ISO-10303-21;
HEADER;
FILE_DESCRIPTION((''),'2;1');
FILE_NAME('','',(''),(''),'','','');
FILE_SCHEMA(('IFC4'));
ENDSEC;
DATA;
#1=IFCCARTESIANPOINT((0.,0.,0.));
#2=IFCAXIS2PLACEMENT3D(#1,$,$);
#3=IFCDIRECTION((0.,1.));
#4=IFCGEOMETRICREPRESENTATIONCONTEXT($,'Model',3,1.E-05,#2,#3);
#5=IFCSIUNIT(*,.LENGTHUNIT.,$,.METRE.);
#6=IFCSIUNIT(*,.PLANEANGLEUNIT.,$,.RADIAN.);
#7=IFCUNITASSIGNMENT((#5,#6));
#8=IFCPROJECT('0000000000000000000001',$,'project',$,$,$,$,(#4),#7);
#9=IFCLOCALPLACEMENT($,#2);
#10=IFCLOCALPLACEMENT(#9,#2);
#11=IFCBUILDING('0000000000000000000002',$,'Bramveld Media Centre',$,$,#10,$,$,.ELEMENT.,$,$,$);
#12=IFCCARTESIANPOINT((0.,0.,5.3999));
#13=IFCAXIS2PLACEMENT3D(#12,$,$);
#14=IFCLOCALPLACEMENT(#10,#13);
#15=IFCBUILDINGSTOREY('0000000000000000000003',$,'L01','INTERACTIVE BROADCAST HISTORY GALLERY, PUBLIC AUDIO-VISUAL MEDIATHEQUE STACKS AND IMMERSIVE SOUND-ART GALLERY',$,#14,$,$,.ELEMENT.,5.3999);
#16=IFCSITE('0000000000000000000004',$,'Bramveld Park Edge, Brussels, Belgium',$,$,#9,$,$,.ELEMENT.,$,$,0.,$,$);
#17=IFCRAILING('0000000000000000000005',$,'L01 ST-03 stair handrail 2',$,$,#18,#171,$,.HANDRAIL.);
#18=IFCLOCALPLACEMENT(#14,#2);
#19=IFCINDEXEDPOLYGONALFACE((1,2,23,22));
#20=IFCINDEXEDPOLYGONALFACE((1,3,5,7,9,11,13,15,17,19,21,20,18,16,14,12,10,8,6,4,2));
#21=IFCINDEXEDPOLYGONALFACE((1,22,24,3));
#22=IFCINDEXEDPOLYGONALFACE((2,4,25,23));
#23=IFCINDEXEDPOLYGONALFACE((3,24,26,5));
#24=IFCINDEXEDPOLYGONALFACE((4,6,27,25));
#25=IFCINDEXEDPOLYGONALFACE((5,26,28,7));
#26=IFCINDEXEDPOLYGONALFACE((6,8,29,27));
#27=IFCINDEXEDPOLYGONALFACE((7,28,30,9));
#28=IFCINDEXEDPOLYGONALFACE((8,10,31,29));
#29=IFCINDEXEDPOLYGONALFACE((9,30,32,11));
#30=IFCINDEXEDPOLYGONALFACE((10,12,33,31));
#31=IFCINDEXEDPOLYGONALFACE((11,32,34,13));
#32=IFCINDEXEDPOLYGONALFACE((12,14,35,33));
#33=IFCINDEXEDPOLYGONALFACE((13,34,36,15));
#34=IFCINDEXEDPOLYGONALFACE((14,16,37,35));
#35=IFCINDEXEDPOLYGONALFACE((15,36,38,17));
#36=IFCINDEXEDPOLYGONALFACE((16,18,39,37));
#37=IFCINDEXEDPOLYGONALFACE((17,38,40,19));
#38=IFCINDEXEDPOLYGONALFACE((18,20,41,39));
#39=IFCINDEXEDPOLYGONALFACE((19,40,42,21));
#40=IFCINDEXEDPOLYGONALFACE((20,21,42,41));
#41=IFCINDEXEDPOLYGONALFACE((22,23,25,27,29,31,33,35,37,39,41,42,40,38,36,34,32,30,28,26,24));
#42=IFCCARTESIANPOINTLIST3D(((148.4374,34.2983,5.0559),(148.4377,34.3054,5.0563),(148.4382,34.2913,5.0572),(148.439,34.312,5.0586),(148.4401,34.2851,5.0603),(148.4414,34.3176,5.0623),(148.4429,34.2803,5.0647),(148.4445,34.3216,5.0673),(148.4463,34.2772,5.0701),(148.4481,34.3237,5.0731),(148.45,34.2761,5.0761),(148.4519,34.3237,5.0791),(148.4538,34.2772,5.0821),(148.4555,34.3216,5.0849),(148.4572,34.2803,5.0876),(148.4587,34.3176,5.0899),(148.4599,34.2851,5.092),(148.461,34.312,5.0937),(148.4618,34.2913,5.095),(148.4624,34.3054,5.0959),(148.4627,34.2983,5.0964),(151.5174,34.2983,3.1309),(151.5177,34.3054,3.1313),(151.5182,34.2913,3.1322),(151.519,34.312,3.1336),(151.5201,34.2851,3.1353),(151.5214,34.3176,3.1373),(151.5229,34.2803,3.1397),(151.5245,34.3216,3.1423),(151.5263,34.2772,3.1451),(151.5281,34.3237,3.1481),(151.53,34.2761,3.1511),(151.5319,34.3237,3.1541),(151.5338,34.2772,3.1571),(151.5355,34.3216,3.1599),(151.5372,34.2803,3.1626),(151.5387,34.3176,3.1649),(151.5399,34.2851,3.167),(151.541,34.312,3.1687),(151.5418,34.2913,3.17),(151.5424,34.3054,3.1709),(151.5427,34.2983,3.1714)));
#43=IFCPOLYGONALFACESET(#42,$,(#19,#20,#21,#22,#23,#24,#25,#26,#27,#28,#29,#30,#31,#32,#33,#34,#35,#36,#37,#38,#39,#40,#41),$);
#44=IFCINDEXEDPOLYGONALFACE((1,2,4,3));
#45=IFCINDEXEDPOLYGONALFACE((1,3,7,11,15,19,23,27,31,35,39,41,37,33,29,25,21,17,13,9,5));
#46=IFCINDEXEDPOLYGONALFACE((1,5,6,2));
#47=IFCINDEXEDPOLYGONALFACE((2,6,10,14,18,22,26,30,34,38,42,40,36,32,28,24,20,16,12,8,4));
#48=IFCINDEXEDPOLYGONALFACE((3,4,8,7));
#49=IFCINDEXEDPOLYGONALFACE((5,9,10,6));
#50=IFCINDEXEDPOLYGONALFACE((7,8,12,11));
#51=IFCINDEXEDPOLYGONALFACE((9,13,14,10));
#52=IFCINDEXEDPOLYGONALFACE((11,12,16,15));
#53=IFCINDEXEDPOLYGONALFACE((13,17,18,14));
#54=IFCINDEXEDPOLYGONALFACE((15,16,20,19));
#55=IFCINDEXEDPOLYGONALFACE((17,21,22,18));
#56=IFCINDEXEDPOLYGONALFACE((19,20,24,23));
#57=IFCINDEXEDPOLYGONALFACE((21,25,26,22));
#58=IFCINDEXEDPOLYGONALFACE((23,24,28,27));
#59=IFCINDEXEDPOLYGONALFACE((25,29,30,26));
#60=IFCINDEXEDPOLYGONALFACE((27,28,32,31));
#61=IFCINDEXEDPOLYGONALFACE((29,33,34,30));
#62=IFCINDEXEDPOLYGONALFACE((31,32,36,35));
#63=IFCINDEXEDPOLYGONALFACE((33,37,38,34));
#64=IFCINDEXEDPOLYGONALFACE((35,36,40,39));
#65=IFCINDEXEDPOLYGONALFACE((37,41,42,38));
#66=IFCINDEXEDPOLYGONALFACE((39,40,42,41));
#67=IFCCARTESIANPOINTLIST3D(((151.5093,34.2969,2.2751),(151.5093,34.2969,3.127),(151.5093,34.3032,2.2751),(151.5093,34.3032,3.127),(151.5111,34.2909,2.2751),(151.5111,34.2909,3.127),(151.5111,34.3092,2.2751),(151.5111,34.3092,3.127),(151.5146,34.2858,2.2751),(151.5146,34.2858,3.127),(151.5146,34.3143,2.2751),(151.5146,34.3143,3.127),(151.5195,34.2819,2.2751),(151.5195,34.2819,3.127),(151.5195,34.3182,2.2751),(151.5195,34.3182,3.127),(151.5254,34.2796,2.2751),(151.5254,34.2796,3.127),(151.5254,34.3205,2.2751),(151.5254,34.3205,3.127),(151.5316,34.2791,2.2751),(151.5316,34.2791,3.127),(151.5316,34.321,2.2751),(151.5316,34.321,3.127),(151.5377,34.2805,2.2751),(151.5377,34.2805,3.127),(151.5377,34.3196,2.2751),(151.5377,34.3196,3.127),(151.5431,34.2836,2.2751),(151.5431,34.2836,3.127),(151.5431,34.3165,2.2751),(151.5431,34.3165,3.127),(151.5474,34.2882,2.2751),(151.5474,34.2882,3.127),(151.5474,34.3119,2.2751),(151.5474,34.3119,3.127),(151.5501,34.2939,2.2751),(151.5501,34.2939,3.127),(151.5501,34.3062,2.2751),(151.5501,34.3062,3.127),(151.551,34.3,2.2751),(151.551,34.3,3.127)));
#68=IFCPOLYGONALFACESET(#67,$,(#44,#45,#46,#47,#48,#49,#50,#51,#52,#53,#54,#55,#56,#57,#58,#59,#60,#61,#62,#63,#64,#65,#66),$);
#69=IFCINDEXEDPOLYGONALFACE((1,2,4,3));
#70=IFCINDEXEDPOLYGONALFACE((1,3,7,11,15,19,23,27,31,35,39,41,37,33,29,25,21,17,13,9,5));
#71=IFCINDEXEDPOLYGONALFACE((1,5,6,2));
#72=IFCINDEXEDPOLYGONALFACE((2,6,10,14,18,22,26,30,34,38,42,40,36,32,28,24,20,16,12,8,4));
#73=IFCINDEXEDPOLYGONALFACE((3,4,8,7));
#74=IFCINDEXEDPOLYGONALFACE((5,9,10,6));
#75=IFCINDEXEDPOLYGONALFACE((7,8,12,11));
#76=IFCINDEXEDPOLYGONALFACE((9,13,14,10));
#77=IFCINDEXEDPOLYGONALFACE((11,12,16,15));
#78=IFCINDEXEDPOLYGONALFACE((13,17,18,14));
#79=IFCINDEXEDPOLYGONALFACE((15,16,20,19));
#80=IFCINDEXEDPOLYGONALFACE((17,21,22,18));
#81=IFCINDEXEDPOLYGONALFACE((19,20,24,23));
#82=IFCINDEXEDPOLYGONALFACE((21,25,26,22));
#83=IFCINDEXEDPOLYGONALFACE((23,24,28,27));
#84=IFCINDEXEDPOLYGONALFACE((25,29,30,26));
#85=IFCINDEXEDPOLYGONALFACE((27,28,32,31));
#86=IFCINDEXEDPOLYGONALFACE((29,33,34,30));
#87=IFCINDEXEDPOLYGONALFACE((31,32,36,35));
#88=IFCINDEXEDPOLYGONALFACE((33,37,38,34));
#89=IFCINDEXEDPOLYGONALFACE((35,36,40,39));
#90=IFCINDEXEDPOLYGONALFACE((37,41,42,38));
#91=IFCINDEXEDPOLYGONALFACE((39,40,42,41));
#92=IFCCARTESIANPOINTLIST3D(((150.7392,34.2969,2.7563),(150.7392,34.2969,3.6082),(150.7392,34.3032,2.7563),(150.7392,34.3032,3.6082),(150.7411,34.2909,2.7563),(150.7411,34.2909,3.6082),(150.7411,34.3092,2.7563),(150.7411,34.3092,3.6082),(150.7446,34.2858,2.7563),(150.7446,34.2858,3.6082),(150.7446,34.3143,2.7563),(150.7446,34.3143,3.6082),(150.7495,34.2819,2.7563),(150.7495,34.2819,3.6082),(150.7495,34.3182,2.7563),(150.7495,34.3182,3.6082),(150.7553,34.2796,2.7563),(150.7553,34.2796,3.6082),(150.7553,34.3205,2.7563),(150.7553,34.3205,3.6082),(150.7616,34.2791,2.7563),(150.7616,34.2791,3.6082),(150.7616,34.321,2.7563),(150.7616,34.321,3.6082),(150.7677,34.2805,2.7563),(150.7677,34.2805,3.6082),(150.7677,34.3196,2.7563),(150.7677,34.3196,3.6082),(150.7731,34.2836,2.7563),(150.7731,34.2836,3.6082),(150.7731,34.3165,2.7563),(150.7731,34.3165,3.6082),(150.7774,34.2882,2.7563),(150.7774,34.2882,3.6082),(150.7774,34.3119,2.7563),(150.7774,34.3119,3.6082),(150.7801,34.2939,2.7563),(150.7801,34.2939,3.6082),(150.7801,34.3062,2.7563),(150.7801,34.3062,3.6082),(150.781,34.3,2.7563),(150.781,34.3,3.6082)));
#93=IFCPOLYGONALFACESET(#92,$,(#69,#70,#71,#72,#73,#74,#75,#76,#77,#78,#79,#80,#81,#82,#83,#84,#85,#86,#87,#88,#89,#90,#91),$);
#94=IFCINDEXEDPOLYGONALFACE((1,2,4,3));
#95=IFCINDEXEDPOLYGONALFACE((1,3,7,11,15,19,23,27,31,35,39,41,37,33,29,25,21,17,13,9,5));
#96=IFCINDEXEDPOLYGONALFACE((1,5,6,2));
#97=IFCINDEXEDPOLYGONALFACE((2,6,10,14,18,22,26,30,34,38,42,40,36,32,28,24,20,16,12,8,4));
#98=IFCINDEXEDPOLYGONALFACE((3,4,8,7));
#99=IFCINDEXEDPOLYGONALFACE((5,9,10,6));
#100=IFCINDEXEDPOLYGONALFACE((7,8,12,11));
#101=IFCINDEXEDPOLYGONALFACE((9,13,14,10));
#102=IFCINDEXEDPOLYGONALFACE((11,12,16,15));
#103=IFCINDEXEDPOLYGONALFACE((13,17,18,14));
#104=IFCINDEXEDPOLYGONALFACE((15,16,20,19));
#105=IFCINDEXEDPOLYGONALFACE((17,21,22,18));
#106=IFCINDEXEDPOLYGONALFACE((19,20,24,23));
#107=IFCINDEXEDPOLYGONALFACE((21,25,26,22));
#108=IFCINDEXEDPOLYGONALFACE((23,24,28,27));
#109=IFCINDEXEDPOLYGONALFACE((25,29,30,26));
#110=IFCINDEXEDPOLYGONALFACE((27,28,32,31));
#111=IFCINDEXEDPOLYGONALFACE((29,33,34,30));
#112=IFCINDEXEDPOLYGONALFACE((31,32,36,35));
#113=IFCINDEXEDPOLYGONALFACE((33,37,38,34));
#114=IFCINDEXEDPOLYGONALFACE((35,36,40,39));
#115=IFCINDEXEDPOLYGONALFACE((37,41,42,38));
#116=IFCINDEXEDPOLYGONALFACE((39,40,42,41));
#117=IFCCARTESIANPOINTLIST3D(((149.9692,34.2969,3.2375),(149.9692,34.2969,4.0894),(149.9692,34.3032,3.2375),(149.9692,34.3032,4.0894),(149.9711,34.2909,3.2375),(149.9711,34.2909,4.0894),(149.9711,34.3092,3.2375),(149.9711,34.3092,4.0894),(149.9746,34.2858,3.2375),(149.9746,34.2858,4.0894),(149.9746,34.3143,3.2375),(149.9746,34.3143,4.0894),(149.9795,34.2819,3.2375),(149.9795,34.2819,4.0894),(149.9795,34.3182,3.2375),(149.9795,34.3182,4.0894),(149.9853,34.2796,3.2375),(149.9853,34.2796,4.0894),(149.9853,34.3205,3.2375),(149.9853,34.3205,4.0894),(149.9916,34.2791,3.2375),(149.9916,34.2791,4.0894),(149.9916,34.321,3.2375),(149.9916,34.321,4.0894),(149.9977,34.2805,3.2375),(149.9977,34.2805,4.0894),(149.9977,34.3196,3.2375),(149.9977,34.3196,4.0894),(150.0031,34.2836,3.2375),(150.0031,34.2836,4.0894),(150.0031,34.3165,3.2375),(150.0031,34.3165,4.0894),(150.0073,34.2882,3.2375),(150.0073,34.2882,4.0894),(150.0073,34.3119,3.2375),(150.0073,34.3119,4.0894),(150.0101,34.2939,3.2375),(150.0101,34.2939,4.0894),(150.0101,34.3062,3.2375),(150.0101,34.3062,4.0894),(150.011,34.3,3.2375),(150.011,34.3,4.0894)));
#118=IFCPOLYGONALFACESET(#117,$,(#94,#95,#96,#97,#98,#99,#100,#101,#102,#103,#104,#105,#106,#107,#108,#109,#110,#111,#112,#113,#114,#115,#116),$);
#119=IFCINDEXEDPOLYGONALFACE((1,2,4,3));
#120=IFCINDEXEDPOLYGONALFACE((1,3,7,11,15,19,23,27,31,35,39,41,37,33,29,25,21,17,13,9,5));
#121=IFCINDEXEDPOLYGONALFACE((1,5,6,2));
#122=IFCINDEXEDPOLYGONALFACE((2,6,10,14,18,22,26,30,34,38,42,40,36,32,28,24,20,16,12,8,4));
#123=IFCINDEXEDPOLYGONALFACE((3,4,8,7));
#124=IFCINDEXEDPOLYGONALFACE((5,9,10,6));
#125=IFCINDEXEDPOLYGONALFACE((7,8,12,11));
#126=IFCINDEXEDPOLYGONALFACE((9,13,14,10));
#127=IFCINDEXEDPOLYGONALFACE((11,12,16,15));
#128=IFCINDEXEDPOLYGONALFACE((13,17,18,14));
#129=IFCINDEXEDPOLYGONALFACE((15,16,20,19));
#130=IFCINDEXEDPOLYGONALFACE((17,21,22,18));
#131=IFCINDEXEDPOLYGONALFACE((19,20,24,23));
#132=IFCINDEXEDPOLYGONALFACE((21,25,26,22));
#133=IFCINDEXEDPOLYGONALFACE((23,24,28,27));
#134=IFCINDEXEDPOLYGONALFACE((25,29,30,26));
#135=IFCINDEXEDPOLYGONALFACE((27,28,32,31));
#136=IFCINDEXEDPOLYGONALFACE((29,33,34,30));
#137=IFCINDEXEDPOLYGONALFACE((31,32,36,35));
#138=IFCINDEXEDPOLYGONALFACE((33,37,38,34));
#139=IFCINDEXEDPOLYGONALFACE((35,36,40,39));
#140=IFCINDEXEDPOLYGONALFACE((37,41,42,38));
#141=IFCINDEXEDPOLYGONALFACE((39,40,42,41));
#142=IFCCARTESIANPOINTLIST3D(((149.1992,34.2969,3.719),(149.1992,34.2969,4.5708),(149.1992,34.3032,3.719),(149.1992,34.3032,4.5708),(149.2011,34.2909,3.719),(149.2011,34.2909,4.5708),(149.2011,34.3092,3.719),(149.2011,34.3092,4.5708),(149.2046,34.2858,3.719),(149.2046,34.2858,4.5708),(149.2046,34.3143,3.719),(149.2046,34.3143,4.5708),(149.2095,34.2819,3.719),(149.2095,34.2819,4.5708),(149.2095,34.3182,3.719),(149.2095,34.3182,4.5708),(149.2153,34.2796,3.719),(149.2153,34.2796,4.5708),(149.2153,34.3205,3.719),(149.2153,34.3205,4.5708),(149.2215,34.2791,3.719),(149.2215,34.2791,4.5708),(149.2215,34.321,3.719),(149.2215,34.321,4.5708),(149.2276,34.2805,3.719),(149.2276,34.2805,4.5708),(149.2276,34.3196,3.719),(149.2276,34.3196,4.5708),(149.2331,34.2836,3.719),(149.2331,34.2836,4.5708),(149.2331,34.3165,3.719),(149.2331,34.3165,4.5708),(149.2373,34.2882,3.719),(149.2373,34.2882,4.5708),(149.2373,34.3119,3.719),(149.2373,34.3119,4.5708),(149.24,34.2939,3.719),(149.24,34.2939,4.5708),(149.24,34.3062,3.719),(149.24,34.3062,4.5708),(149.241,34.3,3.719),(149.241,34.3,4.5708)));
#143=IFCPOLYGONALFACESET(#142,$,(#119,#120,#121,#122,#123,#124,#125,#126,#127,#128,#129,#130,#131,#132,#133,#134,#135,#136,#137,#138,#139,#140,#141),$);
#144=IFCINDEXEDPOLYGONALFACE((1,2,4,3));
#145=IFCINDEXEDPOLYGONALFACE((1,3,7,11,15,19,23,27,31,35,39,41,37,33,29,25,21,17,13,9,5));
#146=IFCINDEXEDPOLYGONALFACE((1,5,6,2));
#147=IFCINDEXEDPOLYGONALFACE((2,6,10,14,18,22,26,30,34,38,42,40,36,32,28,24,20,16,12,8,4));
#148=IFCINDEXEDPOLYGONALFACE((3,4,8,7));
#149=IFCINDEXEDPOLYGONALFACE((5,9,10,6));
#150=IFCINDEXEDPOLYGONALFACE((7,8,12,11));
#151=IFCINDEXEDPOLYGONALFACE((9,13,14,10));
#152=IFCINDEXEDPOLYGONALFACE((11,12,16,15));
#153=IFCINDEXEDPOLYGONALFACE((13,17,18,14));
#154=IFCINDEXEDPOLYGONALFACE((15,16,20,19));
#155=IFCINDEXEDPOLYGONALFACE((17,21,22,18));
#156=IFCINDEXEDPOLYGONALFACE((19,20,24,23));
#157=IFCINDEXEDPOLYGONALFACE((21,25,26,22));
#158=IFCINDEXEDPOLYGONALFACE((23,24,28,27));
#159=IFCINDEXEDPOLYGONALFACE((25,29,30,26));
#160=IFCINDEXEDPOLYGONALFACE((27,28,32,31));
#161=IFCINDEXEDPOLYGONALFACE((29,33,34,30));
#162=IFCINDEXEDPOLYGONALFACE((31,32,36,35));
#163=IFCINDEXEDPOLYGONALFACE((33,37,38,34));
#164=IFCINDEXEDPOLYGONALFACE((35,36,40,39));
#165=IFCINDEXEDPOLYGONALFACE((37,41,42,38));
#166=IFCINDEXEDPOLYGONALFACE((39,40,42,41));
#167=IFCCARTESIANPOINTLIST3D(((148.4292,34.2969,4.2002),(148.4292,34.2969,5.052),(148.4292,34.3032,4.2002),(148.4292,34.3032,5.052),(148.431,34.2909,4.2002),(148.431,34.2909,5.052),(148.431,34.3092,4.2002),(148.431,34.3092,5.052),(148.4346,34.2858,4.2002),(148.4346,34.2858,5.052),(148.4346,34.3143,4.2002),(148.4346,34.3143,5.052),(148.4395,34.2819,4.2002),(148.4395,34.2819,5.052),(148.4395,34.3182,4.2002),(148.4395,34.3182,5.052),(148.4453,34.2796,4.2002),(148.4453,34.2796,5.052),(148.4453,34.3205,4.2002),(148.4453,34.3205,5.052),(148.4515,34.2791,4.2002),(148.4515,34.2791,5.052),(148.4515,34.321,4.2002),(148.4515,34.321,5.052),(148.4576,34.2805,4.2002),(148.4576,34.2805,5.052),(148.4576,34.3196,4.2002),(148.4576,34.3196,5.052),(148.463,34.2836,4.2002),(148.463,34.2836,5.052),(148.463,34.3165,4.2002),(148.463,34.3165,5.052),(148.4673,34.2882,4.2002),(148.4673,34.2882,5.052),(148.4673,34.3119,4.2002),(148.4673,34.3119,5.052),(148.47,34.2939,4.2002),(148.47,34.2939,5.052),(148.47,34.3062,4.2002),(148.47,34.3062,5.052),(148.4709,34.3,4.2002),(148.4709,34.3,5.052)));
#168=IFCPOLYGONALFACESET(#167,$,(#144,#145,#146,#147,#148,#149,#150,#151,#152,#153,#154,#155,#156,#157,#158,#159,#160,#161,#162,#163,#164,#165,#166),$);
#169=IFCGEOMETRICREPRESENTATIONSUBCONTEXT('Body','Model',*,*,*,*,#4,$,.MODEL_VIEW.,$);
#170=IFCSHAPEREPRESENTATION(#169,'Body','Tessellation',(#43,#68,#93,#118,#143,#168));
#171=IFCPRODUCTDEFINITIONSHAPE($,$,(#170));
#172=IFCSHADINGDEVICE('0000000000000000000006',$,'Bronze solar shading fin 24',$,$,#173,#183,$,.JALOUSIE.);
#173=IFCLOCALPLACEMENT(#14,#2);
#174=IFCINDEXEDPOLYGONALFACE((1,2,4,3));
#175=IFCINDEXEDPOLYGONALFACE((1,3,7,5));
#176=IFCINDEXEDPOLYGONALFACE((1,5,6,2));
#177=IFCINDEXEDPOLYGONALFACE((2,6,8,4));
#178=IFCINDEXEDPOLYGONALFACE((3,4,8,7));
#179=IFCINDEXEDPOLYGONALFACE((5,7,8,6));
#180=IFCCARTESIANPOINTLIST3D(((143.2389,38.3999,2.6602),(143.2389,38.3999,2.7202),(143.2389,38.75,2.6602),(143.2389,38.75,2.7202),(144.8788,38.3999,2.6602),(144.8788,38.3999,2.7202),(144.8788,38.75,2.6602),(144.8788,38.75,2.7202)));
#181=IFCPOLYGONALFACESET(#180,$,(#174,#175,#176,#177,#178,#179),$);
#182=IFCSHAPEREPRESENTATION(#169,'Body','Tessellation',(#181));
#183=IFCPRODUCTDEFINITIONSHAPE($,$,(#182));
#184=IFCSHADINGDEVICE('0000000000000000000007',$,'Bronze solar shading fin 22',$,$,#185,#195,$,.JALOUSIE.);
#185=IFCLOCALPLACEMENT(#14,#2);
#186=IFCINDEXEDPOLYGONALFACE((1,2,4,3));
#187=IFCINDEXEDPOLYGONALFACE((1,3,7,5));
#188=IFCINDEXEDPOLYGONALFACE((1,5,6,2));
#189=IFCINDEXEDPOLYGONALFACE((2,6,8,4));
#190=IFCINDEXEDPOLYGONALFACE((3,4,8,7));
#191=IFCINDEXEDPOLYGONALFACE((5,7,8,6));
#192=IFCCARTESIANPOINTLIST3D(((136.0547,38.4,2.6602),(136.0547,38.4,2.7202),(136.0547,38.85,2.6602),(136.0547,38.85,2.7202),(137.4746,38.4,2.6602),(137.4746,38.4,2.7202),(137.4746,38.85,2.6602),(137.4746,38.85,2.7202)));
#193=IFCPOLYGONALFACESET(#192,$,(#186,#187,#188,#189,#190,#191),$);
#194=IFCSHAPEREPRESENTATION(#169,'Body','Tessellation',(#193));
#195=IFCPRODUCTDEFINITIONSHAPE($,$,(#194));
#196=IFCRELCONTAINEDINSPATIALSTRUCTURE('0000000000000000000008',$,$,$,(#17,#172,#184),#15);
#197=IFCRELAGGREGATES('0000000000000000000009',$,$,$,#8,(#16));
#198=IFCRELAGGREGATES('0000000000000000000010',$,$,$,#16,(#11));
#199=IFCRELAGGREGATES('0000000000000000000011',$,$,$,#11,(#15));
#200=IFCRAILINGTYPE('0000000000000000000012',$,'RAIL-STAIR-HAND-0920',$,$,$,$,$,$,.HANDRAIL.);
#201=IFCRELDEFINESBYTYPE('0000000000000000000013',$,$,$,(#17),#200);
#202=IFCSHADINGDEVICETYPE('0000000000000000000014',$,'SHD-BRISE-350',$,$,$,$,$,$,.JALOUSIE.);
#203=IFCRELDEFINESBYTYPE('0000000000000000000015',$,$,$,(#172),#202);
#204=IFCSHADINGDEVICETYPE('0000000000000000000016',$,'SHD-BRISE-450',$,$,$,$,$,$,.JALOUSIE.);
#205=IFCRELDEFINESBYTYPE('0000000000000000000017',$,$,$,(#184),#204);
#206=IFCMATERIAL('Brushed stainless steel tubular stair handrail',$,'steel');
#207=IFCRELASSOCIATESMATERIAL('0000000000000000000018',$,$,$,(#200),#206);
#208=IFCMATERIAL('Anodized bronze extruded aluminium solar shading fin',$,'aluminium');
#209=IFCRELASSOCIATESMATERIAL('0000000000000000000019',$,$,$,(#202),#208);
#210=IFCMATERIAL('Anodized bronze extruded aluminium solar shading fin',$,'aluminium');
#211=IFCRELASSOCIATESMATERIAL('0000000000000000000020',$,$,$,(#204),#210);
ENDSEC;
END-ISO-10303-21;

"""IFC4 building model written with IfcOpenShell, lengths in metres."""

from ifc_helpers import new_model, si_unit, direction, frame, origin, origin_2d, place, context, subcontext, project, spatial, rectangle, circle, extrude, material, type_object, element, save


model = new_model("IFC4")

# Units and contexts
model_context = context("Model", 3, precision=1e-05, world=origin(), true_north=direction((0.0, 1.0)))
body_context = subcontext(model_context, "Body", "Model", "MODEL_VIEW")
ifc_project = project(units=[si_unit("LENGTHUNIT", "METRE"), si_unit("PLANEANGLEUNIT", "RADIAN")], contexts=[model_context])

# Site, building, storey
site_placement = place(None, origin())
site = spatial("IfcSite", under=ifc_project, at=site_placement, Name="Bramveld Park Edge, Brussels, Belgium", CompositionType="ELEMENT", RefElevation=0.0)
building_placement = place(site_placement, origin())
building = spatial("IfcBuilding", under=site, at=building_placement, Name="Bramveld Media Centre", CompositionType="ELEMENT")
storey_placement = place(building_placement, frame((0.0, 0.0, 5.3999)))
storey = spatial("IfcBuildingStorey", under=building, at=storey_placement, Name="L01", Description="INTERACTIVE BROADCAST HISTORY GALLERY, PUBLIC AUDIO-VISUAL MEDIATHEQUE STACKS AND IMMERSIVE SOUND-ART GALLERY", CompositionType="ELEMENT", Elevation=5.3999)

# Railing
ifc_material_1 = material(Name="Brushed stainless steel tubular stair handrail", Category="steel")
railing_type_1 = type_object("IfcRailingType", Name="RAIL-STAIR-HAND-0920", PredefinedType="HANDRAIL", material=ifc_material_1)
railing_1_placement = place(storey_placement, frame((151.53, 34.3, 2.2751)))
element("IfcRailing", 1, at=railing_1_placement, inside=storey, type_object=railing_type_1, Name="L01 ST-03 stair handrail 2", PredefinedType="HANDRAIL", context=body_context, shape_type="SweptSolid", body=[
    extrude(circle(Radius=0.0239, at=origin_2d()), frame((0.0, 0.0, 0.876), z_axis=(-0.847998, 0.0, 0.529999), x_axis=(0.0, -1.0, 0.0)), (0.0, 0.0, 1.0), 3.6321),
    extrude(circle(Radius=0.021, at=origin_2d()), origin(), (0.0, 0.0, 1.0), 0.8518),
    extrude(circle(Radius=0.021, at=origin_2d()), frame((-0.77, 0.0, 0.4812)), (0.0, 0.0, 1.0), 0.8518),
    extrude(circle(Radius=0.021, at=origin_2d()), frame((-1.54, 0.0, 0.9624)), (0.0, 0.0, 1.0), 0.8518),
    extrude(circle(Radius=0.021, at=origin_2d()), frame((-2.3101, 0.0, 1.4438)), (0.0, 0.0, 1.0), 0.8518),
    extrude(circle(Radius=0.021, at=origin_2d()), frame((-3.0801, 0.0, 1.925)), (0.0, 0.0, 1.0), 0.8518),
])

# Shading devices
ifc_material_2 = material(Name="Anodized bronze extruded aluminium solar shading fin", Category="aluminium")
shading_device_type_1 = type_object("IfcShadingDeviceType", Name="SHD-BRISE-350", PredefinedType="JALOUSIE", material=ifc_material_2)
shading_device_1_placement = place(storey_placement, frame((144.0588, 38.575, 2.6602), z_axis=(0.0, 0.0, 1.0), x_axis=(1.0, 0.0, 0.0)))
element("IfcShadingDevice", 2, at=shading_device_1_placement, inside=storey, type_object=shading_device_type_1, Name="Bronze solar shading fin 24", PredefinedType="JALOUSIE", context=body_context, shape_type="SweptSolid", body=[
    extrude(rectangle(XDim=1.6399, YDim=0.3501, at=origin_2d()), origin(), (0.0, 0.0, 1.0), 0.0601),
])
ifc_material_3 = material(Name="Anodized bronze extruded aluminium solar shading fin", Category="aluminium")
shading_device_type_2 = type_object("IfcShadingDeviceType", Name="SHD-BRISE-450", PredefinedType="JALOUSIE", material=ifc_material_3)
shading_device_2_placement = place(storey_placement, frame((136.7646, 38.625, 2.6602), z_axis=(0.0, 0.0, 1.0), x_axis=(1.0, 0.0, 0.0)))
element("IfcShadingDevice", 3, at=shading_device_2_placement, inside=storey, type_object=shading_device_type_2, Name="Bronze solar shading fin 22", PredefinedType="JALOUSIE", context=body_context, shape_type="SweptSolid", body=[
    extrude(rectangle(XDim=1.4199, YDim=0.45, at=origin_2d()), origin(), (0.0, 0.0, 1.0), 0.0601),
])

save(model, "model.ifc")
